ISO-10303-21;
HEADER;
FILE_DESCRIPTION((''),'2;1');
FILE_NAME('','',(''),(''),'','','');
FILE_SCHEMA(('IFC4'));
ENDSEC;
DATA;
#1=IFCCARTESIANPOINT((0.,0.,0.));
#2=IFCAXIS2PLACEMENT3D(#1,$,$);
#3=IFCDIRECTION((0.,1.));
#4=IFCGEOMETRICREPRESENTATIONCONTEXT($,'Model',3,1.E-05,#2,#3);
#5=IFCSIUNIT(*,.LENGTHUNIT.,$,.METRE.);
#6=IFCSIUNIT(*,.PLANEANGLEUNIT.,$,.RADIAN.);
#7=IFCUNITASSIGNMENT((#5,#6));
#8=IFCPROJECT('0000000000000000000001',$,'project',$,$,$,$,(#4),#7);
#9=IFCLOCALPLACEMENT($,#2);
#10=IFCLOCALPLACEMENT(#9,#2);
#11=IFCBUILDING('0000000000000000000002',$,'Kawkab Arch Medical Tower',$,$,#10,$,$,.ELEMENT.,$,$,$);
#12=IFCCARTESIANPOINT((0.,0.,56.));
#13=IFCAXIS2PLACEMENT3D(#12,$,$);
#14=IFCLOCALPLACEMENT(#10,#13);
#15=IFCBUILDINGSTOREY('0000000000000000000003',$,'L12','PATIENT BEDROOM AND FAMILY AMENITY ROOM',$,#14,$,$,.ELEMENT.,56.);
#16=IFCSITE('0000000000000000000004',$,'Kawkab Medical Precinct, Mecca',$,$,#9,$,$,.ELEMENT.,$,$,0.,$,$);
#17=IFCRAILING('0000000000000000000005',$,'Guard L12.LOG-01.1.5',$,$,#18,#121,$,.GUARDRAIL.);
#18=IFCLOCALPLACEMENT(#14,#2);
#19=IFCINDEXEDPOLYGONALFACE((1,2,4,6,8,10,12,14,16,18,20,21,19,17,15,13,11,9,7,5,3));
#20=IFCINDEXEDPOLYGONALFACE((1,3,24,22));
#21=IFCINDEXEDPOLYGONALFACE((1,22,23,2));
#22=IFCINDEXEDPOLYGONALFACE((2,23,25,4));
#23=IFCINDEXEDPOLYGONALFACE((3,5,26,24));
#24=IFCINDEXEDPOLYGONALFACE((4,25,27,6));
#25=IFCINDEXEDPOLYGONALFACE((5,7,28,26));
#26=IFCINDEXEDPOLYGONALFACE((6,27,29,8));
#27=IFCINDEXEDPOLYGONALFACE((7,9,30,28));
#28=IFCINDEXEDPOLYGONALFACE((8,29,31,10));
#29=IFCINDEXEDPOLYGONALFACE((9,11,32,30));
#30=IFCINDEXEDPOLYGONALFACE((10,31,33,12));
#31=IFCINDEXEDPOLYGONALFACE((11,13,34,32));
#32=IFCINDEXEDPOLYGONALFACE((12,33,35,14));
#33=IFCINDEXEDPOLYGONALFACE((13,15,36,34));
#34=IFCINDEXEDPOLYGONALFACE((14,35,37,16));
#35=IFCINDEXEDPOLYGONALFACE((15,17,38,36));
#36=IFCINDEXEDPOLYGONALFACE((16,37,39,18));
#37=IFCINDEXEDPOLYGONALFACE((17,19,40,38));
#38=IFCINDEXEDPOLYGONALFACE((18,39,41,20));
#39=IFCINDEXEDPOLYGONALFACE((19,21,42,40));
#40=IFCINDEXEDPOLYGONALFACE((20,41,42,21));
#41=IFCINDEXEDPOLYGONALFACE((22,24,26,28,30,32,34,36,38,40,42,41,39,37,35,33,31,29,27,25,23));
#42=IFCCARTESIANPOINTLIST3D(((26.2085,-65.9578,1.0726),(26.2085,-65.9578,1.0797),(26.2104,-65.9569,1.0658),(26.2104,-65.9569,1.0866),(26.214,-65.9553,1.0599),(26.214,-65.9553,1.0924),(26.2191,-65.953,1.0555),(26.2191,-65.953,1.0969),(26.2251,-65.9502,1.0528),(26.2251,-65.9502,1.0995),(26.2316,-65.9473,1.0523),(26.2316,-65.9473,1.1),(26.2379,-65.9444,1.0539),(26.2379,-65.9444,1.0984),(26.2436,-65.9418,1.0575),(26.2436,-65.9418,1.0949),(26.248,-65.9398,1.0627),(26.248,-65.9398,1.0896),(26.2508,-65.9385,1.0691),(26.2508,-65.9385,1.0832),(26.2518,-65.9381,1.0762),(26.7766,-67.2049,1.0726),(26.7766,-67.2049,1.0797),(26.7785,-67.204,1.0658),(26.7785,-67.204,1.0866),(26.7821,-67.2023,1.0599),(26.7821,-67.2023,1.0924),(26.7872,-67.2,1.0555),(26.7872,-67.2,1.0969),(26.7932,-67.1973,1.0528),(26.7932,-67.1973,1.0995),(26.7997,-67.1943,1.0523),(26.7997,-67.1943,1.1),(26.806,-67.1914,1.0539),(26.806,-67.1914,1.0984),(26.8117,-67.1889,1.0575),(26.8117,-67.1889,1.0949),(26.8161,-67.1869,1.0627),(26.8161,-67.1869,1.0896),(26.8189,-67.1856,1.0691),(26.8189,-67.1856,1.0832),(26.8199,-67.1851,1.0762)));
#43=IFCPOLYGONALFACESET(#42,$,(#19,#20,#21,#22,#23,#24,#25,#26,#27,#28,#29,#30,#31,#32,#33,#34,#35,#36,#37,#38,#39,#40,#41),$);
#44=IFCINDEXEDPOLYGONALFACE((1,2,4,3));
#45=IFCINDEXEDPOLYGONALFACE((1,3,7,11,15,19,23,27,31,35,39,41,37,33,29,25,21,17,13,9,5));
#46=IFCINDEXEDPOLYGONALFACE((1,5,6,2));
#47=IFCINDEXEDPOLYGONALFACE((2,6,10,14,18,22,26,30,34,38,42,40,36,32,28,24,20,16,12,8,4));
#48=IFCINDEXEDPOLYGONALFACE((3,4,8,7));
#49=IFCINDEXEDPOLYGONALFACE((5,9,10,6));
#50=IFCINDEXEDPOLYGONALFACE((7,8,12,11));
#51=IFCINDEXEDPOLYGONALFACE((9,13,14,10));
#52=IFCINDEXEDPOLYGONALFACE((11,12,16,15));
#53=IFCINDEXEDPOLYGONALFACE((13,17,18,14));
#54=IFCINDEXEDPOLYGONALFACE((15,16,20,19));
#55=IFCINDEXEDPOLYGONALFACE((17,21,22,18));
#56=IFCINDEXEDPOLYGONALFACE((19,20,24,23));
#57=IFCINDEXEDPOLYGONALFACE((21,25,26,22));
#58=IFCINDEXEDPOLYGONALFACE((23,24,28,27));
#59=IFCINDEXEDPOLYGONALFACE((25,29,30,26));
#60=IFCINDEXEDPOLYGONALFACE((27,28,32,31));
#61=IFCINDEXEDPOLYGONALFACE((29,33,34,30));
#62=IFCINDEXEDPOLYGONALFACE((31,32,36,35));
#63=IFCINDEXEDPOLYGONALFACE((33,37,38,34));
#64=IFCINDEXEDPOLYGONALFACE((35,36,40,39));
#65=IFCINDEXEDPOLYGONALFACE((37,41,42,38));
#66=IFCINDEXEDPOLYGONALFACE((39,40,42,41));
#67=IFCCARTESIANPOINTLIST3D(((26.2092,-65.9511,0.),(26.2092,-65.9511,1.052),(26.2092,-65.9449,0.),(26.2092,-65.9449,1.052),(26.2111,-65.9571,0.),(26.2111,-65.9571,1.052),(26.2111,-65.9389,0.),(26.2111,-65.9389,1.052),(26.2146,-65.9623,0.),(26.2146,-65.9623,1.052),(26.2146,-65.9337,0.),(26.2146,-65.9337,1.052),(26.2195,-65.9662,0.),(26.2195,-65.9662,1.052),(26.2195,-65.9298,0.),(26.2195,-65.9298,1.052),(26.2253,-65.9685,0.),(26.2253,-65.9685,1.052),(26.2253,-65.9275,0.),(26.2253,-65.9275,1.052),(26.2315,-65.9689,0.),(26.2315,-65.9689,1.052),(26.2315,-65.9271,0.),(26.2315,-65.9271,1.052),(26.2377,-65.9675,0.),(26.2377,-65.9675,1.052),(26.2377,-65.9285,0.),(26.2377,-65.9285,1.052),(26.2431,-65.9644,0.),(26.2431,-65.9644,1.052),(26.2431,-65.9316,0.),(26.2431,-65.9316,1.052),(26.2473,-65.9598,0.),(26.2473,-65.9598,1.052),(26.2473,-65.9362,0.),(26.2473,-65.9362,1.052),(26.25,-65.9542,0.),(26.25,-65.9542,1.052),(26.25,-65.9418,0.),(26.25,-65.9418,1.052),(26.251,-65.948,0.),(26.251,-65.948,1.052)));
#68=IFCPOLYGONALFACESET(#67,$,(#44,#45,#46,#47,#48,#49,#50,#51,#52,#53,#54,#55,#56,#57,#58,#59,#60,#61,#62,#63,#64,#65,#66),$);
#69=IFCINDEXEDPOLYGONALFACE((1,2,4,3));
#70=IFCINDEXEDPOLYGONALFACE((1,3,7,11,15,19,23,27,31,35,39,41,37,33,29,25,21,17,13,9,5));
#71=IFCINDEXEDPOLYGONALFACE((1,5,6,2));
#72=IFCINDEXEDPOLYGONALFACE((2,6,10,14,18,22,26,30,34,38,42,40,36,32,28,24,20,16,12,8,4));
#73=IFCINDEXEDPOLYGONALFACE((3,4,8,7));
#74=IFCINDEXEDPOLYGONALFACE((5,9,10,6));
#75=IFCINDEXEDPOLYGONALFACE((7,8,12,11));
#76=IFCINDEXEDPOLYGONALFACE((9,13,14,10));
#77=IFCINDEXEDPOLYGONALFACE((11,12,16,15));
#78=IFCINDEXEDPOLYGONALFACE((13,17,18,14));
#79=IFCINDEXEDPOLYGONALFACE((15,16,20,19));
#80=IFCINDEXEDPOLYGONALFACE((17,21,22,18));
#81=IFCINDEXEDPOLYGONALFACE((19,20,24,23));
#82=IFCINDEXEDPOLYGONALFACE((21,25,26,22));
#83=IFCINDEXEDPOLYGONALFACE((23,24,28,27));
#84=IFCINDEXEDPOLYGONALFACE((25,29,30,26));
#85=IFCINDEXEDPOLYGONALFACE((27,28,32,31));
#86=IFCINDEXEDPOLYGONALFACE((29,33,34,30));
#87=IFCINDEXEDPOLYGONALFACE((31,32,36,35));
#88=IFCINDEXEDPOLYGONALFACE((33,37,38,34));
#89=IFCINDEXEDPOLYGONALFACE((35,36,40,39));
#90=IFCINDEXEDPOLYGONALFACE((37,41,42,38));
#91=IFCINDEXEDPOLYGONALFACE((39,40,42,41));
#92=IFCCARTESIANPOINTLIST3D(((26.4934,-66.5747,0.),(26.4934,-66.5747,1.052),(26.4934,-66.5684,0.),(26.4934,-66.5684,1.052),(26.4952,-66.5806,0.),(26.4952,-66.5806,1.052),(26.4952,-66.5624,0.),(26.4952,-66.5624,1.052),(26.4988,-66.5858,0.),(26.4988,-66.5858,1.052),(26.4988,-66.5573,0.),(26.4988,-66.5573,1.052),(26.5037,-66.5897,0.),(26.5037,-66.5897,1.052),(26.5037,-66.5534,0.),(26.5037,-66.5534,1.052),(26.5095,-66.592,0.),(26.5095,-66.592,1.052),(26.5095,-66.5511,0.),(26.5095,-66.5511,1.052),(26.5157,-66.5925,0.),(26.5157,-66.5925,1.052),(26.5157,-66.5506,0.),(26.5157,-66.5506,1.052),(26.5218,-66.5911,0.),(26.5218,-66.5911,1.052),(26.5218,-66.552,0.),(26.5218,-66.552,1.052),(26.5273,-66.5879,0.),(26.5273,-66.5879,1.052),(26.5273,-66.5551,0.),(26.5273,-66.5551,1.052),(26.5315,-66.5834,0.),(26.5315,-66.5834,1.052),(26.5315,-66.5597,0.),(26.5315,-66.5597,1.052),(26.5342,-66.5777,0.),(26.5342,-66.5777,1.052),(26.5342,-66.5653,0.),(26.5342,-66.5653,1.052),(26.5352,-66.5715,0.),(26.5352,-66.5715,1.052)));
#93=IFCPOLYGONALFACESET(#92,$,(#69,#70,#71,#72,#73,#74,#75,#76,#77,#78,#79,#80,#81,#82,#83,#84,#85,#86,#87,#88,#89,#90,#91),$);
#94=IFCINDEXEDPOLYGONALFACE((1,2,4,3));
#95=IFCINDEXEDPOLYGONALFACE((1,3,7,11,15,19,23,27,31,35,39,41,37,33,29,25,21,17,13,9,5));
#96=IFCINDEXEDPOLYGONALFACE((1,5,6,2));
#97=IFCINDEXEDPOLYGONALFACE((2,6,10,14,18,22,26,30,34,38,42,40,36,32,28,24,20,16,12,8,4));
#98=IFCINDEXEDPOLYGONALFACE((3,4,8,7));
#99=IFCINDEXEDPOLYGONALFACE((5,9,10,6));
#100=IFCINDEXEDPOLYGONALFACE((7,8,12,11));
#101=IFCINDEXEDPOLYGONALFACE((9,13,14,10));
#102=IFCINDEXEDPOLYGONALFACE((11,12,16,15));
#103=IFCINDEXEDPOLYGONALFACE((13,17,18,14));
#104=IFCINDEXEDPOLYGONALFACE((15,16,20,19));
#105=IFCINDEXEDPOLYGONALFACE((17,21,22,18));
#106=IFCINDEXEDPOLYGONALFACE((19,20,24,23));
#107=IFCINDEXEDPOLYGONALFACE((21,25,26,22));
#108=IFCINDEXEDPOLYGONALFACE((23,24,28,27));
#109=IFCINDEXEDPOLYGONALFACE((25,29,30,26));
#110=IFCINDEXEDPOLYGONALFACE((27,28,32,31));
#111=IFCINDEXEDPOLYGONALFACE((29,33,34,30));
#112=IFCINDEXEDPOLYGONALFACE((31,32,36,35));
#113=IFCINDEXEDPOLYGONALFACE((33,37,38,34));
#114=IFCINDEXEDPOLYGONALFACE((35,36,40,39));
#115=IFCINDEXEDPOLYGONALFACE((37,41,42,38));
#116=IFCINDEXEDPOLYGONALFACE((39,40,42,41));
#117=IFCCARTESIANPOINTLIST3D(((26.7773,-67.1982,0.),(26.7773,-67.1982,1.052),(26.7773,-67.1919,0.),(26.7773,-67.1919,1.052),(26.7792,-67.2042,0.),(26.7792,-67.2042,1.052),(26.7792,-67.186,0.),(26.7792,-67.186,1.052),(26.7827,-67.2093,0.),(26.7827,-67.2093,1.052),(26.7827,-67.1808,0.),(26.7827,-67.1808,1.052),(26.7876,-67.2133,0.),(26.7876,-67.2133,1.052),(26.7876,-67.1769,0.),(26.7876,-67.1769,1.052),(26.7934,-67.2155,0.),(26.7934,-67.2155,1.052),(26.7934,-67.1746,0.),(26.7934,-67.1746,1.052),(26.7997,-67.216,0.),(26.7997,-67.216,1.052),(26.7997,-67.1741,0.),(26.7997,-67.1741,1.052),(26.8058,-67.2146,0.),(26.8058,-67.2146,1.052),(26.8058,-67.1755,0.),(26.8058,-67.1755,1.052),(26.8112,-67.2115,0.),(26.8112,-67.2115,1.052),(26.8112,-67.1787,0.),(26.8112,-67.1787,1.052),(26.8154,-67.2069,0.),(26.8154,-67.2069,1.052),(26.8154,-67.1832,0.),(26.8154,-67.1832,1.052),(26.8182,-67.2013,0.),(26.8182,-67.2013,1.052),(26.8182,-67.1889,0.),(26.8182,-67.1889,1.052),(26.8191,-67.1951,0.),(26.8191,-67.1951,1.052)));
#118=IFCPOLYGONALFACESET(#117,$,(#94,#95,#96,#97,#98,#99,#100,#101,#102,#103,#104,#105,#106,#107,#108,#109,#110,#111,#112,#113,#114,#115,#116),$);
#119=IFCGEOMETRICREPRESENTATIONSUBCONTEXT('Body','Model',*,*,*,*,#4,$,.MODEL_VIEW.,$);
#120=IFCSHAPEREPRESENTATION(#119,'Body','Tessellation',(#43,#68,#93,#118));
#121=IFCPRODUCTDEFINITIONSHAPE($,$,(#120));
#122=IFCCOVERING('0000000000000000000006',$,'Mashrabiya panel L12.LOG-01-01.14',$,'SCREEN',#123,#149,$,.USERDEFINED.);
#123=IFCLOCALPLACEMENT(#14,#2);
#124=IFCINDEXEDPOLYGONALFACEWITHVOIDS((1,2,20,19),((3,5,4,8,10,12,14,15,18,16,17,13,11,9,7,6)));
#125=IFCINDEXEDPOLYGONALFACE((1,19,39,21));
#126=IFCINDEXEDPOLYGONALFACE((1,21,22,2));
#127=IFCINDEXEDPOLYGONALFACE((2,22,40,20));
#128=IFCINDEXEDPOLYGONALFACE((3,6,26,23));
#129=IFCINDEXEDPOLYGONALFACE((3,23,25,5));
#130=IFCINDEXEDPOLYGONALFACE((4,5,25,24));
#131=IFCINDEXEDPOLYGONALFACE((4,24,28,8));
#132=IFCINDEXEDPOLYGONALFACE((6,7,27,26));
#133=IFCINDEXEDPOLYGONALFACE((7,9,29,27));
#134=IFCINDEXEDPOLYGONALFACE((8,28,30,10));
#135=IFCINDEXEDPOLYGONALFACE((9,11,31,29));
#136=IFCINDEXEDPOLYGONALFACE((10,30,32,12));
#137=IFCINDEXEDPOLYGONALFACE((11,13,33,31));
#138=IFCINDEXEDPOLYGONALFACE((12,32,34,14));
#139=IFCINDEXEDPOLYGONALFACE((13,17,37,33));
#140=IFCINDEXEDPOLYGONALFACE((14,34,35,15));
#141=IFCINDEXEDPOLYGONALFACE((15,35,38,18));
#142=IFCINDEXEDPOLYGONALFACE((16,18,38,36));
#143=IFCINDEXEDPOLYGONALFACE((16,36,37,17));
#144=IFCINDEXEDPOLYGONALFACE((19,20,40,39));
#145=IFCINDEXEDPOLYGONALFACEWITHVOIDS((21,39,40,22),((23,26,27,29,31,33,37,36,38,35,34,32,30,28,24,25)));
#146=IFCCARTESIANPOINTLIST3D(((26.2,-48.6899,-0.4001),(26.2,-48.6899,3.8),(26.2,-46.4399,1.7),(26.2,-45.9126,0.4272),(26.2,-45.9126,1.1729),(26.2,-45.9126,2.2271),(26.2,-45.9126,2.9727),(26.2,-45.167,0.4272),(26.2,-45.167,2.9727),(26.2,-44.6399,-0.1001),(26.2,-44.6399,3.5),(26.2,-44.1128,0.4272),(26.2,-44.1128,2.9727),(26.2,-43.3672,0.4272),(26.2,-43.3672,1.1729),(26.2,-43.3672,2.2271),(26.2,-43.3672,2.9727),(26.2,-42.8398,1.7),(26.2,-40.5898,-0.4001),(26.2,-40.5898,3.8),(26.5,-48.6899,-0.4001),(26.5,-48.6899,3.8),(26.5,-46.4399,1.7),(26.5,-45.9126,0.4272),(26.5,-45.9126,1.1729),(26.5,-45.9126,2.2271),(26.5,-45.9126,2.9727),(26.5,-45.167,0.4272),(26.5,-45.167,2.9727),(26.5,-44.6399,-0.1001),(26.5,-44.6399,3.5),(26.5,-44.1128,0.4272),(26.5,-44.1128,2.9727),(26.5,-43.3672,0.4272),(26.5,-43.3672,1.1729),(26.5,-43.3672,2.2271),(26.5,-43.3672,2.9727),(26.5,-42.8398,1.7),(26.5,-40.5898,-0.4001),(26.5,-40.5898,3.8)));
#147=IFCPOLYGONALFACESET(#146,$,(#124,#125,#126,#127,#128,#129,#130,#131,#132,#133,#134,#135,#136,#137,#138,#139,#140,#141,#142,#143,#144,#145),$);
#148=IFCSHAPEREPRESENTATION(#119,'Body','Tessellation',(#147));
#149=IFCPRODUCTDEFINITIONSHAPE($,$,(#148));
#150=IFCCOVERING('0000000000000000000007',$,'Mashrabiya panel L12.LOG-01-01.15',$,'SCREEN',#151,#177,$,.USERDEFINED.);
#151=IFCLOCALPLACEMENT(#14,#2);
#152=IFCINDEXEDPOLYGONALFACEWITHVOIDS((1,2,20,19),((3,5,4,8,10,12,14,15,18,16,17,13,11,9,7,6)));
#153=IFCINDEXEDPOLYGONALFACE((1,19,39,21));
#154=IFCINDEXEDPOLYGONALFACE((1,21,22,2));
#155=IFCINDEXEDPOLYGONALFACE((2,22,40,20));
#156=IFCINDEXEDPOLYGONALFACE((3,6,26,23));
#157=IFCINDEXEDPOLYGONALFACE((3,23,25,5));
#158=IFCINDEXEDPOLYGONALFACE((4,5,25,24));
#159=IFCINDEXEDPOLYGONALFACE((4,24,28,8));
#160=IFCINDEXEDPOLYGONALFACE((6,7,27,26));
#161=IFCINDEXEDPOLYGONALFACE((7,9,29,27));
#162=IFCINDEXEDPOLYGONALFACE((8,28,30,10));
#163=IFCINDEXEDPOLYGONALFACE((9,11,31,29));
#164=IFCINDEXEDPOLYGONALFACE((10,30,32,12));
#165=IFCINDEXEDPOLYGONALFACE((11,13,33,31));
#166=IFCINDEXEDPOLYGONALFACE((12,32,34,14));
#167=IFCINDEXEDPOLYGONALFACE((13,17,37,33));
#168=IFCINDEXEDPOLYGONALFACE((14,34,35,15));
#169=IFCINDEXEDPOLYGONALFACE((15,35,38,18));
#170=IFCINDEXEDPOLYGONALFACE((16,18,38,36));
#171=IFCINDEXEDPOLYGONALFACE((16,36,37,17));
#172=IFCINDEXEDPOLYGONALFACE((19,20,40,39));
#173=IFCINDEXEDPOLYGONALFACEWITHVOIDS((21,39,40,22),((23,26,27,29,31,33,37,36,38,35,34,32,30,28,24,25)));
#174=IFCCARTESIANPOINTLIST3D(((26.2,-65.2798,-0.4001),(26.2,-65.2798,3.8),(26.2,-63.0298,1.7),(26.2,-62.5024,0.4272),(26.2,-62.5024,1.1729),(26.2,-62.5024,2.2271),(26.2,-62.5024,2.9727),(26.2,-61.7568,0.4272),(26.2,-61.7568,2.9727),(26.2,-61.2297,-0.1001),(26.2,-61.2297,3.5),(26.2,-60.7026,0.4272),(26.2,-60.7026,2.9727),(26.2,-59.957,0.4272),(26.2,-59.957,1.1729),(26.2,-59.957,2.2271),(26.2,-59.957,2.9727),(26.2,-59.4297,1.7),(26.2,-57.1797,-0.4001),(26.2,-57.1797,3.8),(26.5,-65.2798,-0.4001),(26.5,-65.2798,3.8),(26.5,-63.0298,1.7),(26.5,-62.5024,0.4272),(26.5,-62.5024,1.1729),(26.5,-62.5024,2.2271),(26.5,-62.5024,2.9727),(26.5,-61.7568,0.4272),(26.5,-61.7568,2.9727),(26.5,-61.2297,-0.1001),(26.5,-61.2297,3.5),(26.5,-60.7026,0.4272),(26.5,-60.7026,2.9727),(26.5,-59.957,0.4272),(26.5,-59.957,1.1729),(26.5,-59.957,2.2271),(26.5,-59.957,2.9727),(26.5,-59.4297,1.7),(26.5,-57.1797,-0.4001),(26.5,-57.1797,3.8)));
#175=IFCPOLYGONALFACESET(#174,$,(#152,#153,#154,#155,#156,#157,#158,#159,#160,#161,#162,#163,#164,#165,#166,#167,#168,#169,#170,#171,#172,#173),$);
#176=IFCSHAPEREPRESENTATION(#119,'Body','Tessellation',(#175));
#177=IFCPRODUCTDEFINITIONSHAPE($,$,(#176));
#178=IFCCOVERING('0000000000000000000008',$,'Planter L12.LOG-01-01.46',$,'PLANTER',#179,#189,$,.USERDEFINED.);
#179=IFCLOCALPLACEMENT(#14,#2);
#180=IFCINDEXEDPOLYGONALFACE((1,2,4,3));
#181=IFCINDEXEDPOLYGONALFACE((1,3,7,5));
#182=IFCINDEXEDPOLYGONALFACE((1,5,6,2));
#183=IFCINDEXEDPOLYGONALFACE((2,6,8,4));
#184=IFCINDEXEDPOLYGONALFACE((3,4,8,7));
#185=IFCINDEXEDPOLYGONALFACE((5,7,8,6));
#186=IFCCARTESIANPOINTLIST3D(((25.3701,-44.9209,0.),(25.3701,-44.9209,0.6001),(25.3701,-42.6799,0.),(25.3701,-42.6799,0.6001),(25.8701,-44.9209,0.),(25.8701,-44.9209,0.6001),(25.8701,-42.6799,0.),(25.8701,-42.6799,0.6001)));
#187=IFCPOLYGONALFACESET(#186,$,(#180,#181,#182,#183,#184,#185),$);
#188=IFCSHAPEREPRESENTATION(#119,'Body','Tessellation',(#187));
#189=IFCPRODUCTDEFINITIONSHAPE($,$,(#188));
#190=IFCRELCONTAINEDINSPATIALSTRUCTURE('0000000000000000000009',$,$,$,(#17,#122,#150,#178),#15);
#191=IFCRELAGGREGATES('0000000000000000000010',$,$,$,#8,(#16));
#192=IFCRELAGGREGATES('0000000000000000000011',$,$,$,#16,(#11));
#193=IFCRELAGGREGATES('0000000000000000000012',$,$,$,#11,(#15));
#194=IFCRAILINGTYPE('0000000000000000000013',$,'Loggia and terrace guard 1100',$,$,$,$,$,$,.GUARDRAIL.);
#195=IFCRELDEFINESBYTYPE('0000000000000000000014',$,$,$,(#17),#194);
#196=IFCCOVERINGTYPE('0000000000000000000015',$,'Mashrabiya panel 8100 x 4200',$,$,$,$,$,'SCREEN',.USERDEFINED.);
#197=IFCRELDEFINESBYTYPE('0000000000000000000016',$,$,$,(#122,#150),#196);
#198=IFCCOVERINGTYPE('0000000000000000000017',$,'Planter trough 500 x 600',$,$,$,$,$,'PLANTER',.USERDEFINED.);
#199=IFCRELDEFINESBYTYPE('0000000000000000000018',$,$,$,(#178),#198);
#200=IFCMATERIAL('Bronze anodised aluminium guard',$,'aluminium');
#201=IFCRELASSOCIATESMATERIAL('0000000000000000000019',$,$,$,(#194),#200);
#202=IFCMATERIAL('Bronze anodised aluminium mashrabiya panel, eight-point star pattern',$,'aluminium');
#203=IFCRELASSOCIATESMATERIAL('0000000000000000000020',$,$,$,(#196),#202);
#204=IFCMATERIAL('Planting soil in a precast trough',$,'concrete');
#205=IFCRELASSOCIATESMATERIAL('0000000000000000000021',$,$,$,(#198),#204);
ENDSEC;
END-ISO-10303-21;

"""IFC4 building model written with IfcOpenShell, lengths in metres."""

from ifc_helpers import new_model, si_unit, direction, frame, origin, origin_2d, place, context, subcontext, project, spatial, polyline, rectangle, circle, outline, extrude, material, material_profile, profile_set, type_object, element, save


model = new_model("IFC4")

# Units and contexts
model_context = context("Model", 3, precision=1e-05, world=origin(), true_north=direction((0.0, 1.0)))
body_context = subcontext(model_context, "Body", "Model", "MODEL_VIEW")
ifc_project = project(units=[si_unit("LENGTHUNIT", "METRE"), si_unit("PLANEANGLEUNIT", "RADIAN")], contexts=[model_context])

# Site, building, storey
site_placement = place(None, origin())
site = spatial("IfcSite", under=ifc_project, at=site_placement, Name="Kawkab Medical Precinct, Mecca", CompositionType="ELEMENT", RefElevation=0.0)
building_placement = place(site_placement, origin())
building = spatial("IfcBuilding", under=site, at=building_placement, Name="Kawkab Arch Medical Tower", CompositionType="ELEMENT")
storey_placement = place(building_placement, frame((0.0, 0.0, 56.0)))
storey = spatial("IfcBuildingStorey", under=building, at=storey_placement, Name="L12", Description="PATIENT BEDROOM AND FAMILY AMENITY ROOM", CompositionType="ELEMENT", Elevation=56.0)

# Railing
ifc_material_1 = material(Name="Bronze anodised aluminium guard", Category="aluminium")
railing_type_1 = type_object("IfcRailingType", Name="Loggia and terrace guard 1100", PredefinedType="GUARDRAIL", material=ifc_material_1)
railing_1_placement = place(storey_placement, frame((26.23, -65.948, 0.0)))
element("IfcRailing", 1, at=railing_1_placement, inside=storey, type_object=railing_type_1, Name="Guard L12.LOG-01.1.5", PredefinedType="GUARDRAIL", context=body_context, shape_type="SweptSolid", body=[
    extrude(circle(Radius=0.0239, at=origin_2d()), frame((0.0, 0.0, 1.0762), z_axis=(0.414568, -0.910018, 0.0), x_axis=(0.910018, 0.414568, 0.0)), (0.0, 0.0, 1.0), 1.3704),
    extrude(circle(Radius=0.021, at=origin_2d()), origin(), (0.0, 0.0, 1.0), 1.052),
    extrude(circle(Radius=0.021, at=origin_2d()), frame((0.2842, -0.6235, 0.0)), (0.0, 0.0, 1.0), 1.052),
    extrude(circle(Radius=0.021, at=origin_2d()), frame((0.5681, -1.2471, 0.0)), (0.0, 0.0, 1.0), 1.052),
])

# Coverings
ifc_material_2 = material(Name="Bronze anodised aluminium mashrabiya panel, eight-point star pattern", Category="aluminium")
ifc_material_profile_1 = material_profile(ifc_material_2, outline(polyline([(-4.05, -2.1001), (4.05, -2.1001), (4.05, 2.1001), (-4.05, 2.1001), (-4.05, -2.1001)]), holes=[polyline([(1.8, 0.0), (1.2727, 0.5271), (1.2727, 1.2727), (0.5271, 1.2727), (0.0, 1.8), (-0.5271, 1.2727), (-1.2727, 1.2727), (-1.2727, 0.5271), (-1.8, 0.0), (-1.2727, -0.5271), (-1.2727, -1.2727), (-0.5271, -1.2727), (0.0, -1.8), (0.5271, -1.2727), (1.2727, -1.2727), (1.2727, -0.5271), (1.8, 0.0)])]), Name="Mashrabiya panel 8100x4200")
ifc_profile_set_1 = profile_set([ifc_material_profile_1], Name="Bronze anodised aluminium mashrabiya panel, eight-point star pattern")
covering_type_1 = type_object("IfcCoveringType", Name="Mashrabiya panel 8100 x 4200", ElementType="SCREEN", PredefinedType="USERDEFINED", material=ifc_profile_set_1)
for number, where, z_axis, x_axis, name in (
    (2, (26.2, -44.6399, 1.7), (1.0, 0.0, 0.0), (0.0, 1.0, 0.0), "Mashrabiya panel L12.LOG-01-01.14"),
    (3, (26.2, -61.2297, 1.7), (1.0, 0.0, 0.0), (0.0, 1.0, 0.0), "Mashrabiya panel L12.LOG-01-01.15"),
):
    element("IfcCovering", number, at=place(storey_placement, frame(where, z_axis=z_axis, x_axis=x_axis)), inside=storey, type_object=covering_type_1, Name=name, ObjectType="SCREEN", PredefinedType="USERDEFINED", context=body_context, shape_type="SweptSolid", body=[
        extrude(outline(polyline([(-4.05, -2.1001), (4.05, -2.1001), (4.05, 2.1001), (-4.05, 2.1001), (-4.05, -2.1001)]), holes=[polyline([(1.8, 0.0), (1.2727, 0.5271), (1.2727, 1.2727), (0.5271, 1.2727), (0.0, 1.8), (-0.5271, 1.2727), (-1.2727, 1.2727), (-1.2727, 0.5271), (-1.8, 0.0), (-1.2727, -0.5271), (-1.2727, -1.2727), (-0.5271, -1.2727), (0.0, -1.8), (0.5271, -1.2727), (1.2727, -1.2727), (1.2727, -0.5271), (1.8, 0.0)])]), origin(), (0.0, 0.0, 1.0), 0.3),
    ])
ifc_material_3 = material(Name="Planting soil in a precast trough", Category="concrete")
ifc_material_profile_2 = material_profile(ifc_material_3, rectangle(XDim=0.5, YDim=0.6001, at=origin_2d()), Name="Trough 500x600")
ifc_profile_set_2 = profile_set([ifc_material_profile_2], Name="Planting soil in a precast trough")
covering_type_2 = type_object("IfcCoveringType", Name="Planter trough 500 x 600", ElementType="PLANTER", PredefinedType="USERDEFINED", material=ifc_profile_set_2)
covering_1_placement = place(storey_placement, frame((25.6201, -42.6799, 0.3), z_axis=(0.0, -1.0, 0.0), x_axis=(1.0, 0.0, 0.0)))
element("IfcCovering", 4, at=covering_1_placement, inside=storey, type_object=covering_type_2, Name="Planter L12.LOG-01-01.46", ObjectType="PLANTER", PredefinedType="USERDEFINED", context=body_context, shape_type="SweptSolid", body=[
    extrude(rectangle(XDim=0.5, YDim=0.6001, at=origin_2d()), origin(), (0.0, 0.0, 1.0), 2.241),
])

save(model, "model.ifc")
